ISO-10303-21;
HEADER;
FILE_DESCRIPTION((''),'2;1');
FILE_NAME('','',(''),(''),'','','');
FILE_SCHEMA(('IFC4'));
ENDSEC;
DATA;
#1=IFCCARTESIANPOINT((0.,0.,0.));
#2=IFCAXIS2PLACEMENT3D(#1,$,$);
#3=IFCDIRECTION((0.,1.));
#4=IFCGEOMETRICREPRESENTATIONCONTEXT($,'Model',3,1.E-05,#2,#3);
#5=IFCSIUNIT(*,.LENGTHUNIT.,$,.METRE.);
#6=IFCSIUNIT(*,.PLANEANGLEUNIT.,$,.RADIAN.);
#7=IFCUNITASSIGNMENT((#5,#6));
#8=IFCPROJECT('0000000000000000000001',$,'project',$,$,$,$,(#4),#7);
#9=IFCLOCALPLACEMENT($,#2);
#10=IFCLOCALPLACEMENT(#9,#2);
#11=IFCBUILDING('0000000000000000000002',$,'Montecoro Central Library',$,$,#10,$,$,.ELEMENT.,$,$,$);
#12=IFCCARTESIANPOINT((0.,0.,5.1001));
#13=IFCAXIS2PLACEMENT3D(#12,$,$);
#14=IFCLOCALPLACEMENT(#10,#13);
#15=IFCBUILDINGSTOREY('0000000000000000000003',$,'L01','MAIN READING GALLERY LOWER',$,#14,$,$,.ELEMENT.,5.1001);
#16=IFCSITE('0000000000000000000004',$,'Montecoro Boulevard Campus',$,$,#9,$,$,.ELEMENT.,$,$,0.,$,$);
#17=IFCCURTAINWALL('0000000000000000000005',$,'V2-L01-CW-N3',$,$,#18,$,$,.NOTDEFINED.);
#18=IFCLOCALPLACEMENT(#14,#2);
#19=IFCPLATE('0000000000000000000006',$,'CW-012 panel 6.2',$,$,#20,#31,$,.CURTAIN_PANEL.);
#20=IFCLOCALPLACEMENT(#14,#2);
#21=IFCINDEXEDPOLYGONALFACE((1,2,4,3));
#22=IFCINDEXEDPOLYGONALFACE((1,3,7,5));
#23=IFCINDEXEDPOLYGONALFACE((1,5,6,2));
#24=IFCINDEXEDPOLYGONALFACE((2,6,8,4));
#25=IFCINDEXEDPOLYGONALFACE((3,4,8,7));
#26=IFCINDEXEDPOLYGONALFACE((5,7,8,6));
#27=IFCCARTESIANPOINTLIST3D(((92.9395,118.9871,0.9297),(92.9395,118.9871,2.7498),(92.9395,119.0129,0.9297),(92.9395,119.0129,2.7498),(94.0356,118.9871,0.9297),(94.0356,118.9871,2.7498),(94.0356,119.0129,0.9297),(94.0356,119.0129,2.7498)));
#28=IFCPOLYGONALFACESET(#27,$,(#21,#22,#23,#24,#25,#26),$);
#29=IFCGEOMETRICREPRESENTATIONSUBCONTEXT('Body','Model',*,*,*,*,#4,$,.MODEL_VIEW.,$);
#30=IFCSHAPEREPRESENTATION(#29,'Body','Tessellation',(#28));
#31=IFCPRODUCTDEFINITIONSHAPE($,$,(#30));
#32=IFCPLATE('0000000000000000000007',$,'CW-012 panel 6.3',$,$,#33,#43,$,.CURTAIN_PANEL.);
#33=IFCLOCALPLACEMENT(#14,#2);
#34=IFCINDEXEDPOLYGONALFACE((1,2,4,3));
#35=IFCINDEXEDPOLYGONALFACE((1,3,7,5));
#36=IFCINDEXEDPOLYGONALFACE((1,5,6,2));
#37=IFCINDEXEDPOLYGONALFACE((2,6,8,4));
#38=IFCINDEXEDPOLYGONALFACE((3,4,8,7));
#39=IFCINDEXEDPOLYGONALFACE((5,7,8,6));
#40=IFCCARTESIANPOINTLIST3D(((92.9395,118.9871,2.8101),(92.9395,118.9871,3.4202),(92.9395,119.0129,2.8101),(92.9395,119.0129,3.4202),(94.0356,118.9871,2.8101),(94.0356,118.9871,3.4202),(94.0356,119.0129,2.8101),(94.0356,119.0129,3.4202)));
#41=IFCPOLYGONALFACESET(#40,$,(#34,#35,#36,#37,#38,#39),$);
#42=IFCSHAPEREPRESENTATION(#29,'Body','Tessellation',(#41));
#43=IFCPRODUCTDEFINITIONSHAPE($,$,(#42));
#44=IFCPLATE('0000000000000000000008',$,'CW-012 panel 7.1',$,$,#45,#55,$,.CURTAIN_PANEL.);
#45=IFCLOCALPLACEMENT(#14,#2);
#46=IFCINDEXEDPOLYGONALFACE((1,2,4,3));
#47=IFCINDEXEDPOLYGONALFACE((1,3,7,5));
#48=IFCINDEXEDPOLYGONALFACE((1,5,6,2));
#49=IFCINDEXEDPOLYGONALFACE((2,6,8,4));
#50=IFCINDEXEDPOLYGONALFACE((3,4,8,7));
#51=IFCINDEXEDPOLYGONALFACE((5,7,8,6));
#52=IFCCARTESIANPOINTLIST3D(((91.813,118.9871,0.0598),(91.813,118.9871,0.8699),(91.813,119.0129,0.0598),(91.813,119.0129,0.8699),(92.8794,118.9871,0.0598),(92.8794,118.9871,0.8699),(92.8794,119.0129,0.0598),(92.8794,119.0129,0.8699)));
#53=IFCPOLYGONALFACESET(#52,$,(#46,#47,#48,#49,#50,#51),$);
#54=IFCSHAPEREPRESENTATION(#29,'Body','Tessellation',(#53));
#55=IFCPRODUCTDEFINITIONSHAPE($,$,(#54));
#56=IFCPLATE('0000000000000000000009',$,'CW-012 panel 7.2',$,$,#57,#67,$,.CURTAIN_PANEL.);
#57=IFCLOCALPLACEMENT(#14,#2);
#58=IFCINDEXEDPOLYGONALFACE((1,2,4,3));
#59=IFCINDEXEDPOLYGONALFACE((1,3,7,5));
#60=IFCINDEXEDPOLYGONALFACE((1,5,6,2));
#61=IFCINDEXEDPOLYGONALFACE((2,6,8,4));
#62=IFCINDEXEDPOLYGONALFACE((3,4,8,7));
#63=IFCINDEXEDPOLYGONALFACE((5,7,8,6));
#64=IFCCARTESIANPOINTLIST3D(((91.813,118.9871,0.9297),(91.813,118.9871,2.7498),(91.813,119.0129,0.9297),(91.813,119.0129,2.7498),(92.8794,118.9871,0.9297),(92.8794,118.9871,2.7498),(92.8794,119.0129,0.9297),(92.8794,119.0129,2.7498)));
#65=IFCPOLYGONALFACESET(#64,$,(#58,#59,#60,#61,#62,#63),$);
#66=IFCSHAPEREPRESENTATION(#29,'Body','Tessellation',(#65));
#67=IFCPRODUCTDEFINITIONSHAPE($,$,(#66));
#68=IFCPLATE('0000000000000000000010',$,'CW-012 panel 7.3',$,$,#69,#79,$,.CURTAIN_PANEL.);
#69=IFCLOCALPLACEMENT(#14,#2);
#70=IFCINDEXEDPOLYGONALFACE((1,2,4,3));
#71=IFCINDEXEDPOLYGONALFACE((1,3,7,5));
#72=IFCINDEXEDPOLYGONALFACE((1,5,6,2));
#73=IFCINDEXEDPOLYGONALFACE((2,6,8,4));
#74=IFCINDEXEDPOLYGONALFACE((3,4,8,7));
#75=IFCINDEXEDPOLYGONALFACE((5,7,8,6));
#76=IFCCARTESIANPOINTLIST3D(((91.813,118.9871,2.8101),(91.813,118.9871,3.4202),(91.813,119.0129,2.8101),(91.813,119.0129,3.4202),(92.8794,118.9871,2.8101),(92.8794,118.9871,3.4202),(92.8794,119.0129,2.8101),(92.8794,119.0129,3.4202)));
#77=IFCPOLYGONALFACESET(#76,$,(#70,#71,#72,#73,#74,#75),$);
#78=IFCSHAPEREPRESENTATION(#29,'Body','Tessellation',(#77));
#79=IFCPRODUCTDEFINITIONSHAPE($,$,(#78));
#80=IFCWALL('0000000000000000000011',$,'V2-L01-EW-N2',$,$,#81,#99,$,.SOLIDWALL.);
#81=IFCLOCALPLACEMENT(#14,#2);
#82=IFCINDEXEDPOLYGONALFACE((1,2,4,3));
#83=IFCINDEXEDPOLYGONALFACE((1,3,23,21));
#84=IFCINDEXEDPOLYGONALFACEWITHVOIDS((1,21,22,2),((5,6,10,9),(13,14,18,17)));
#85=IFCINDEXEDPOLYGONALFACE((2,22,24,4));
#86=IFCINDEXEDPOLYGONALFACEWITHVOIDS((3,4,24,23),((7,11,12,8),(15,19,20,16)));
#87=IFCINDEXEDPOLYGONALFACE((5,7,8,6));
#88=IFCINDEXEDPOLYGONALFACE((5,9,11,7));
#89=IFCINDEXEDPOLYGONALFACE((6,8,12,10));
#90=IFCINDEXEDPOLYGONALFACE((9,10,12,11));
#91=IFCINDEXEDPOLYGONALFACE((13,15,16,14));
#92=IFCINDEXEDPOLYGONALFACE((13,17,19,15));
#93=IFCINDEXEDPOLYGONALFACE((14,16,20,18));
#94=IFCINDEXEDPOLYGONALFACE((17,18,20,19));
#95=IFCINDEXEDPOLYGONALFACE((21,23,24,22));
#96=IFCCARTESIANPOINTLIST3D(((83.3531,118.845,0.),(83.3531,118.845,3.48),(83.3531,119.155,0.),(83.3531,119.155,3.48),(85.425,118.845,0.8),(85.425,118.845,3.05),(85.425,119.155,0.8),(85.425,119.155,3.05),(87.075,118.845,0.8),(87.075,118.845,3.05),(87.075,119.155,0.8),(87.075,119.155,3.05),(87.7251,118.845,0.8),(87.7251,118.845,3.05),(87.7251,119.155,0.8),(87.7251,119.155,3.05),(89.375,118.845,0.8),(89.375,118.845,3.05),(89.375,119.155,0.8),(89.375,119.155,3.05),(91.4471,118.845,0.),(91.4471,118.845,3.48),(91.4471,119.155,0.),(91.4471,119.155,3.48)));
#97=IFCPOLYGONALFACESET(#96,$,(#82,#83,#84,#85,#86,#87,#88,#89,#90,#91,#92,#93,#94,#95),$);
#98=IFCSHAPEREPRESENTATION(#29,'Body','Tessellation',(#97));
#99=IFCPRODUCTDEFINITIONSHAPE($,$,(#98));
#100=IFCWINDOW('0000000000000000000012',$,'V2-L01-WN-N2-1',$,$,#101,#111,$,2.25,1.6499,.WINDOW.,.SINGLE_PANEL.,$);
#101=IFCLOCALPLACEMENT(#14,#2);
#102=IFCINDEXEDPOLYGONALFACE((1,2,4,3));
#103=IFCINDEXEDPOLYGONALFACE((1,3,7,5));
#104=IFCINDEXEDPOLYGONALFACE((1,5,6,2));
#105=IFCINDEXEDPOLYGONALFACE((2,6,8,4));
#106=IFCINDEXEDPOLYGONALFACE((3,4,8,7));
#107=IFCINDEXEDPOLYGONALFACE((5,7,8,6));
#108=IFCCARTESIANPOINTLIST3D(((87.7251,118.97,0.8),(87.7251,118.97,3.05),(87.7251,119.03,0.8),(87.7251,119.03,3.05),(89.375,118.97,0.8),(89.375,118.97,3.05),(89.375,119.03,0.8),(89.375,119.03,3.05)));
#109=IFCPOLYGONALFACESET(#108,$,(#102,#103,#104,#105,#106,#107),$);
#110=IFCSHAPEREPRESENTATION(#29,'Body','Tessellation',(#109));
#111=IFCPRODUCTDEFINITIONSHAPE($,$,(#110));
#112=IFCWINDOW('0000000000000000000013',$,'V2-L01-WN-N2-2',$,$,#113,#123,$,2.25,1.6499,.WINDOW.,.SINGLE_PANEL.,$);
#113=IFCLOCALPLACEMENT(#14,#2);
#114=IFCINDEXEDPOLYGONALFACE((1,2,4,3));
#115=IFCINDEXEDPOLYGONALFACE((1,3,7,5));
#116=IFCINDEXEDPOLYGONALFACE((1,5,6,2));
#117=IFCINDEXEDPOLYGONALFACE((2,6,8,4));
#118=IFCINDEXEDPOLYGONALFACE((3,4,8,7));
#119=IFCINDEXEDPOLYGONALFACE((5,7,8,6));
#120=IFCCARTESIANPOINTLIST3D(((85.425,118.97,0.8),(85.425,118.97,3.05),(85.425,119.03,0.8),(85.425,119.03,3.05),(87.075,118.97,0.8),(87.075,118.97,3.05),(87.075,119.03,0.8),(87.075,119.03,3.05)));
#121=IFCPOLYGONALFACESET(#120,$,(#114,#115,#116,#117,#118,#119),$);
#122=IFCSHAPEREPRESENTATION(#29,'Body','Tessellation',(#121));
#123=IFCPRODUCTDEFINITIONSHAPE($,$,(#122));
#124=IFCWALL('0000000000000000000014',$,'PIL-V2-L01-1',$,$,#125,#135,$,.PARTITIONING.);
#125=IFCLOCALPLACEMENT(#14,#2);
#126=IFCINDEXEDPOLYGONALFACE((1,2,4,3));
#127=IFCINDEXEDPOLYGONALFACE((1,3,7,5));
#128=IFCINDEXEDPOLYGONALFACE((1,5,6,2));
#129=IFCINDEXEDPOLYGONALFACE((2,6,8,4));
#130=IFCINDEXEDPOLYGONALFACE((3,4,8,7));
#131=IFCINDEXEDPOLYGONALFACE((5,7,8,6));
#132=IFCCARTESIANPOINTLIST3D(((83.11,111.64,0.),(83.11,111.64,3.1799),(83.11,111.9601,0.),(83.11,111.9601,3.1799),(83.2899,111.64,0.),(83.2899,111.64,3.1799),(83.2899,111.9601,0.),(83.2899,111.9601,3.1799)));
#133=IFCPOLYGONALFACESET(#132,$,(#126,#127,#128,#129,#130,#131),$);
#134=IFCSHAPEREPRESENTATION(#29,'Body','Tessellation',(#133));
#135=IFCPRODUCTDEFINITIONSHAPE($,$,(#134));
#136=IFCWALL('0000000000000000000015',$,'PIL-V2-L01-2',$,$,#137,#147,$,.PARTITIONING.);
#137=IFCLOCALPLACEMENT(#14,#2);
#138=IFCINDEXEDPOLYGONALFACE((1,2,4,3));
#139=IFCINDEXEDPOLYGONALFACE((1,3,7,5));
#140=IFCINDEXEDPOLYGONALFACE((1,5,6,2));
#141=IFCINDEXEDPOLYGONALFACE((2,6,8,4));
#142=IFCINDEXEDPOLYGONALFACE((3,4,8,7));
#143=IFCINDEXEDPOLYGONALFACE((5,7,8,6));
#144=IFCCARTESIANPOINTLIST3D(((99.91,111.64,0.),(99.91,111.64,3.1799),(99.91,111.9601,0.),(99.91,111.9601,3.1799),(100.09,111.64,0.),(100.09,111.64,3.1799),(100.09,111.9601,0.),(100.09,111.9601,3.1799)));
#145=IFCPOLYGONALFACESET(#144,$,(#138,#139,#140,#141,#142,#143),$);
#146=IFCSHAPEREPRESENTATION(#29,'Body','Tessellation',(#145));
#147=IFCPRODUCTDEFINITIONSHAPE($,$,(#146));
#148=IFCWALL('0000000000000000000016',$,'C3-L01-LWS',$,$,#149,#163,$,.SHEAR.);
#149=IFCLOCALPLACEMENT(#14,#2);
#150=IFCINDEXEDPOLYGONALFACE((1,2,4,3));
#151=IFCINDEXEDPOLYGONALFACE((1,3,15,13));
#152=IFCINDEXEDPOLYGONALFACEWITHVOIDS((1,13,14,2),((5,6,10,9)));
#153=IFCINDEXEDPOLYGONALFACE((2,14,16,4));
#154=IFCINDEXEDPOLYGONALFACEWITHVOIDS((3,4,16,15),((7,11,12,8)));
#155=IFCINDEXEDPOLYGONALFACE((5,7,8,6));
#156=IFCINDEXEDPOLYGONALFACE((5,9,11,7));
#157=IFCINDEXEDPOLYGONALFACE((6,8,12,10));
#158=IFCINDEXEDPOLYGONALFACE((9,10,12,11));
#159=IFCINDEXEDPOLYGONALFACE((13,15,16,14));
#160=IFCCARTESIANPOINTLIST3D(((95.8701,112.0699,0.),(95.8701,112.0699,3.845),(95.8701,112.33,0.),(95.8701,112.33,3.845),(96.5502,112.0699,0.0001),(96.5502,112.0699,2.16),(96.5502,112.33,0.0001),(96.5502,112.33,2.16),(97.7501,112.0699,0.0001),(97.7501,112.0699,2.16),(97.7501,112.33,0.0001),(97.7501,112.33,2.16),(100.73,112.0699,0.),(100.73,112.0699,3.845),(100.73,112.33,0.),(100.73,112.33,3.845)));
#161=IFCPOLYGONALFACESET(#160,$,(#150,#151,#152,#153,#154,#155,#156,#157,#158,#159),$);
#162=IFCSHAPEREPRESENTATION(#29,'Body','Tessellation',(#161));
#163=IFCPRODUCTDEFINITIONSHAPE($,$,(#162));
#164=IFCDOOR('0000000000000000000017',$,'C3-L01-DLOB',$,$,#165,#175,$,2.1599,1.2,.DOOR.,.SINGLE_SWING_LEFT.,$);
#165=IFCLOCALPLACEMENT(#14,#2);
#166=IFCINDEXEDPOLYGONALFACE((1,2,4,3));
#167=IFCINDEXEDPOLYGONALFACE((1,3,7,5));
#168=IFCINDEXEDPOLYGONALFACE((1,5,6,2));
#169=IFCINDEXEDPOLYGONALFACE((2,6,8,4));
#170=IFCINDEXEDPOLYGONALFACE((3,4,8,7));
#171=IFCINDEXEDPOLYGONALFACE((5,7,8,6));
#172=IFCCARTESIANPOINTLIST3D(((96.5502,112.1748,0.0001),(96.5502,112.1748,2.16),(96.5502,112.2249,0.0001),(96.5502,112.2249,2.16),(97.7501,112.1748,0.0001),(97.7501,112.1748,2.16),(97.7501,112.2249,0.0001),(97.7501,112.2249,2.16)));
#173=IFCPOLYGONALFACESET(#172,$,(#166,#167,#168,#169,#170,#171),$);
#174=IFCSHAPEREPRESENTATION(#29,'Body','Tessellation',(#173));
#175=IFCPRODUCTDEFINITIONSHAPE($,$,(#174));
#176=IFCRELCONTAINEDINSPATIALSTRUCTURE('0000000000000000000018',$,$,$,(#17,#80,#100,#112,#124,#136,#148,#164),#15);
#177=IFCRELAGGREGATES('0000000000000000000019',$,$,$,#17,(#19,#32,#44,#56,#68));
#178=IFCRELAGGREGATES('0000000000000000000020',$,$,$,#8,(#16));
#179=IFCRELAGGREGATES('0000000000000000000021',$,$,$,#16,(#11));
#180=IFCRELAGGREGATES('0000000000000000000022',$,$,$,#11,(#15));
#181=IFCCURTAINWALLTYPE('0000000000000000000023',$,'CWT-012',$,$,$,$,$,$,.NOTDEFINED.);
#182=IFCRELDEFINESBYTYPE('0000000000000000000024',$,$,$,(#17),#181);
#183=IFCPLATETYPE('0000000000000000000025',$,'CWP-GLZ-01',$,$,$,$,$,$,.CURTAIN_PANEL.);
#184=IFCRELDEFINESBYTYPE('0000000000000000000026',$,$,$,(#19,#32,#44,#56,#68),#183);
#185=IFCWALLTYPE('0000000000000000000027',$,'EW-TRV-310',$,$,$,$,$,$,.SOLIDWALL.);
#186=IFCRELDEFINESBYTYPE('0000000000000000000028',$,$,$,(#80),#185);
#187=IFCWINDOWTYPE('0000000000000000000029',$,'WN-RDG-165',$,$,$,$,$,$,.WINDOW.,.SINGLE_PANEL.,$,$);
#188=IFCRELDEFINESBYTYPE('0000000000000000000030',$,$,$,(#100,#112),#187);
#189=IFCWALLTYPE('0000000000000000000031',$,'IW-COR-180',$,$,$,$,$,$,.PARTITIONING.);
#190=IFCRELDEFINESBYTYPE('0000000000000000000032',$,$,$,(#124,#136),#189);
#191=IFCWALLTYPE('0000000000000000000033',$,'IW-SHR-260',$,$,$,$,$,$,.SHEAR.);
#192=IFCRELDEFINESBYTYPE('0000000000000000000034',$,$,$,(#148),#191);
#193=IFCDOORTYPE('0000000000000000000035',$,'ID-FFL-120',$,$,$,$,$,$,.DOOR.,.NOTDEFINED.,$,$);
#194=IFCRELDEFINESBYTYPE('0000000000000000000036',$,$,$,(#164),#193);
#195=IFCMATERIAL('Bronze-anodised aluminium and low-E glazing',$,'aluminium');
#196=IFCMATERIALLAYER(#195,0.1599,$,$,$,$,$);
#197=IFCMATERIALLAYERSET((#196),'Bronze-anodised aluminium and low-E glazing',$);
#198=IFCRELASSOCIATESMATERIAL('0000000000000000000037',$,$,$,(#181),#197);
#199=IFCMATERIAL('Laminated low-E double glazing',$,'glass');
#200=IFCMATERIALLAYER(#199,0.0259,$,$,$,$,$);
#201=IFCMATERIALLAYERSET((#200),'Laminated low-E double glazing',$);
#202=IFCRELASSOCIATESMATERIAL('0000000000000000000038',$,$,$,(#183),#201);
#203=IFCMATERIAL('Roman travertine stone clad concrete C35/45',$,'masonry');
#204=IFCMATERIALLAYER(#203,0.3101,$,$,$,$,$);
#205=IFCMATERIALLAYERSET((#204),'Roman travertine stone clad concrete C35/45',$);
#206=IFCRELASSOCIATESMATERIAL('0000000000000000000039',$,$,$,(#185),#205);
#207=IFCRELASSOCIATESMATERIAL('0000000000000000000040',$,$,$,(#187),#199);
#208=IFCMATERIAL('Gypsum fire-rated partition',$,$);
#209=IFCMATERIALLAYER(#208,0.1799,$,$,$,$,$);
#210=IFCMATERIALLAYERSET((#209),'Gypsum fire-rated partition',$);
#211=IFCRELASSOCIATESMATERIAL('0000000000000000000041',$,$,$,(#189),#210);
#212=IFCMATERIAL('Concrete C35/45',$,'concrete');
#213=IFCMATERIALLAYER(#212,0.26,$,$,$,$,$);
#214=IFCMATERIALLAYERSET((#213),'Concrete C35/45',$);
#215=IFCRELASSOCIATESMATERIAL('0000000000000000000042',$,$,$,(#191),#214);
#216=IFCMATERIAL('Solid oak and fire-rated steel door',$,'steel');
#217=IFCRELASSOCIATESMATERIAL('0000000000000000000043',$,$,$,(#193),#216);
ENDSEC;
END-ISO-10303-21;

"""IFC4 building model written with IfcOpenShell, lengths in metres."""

from ifc_helpers import new_model, si_unit, direction, frame, frame_2d, origin, origin_2d, place, context, subcontext, project, spatial, rectangle, extrude, material, layer, layer_set, type_object, element, fill, aggregate, save


model = new_model("IFC4")

# Units and contexts
model_context = context("Model", 3, precision=1e-05, world=origin(), true_north=direction((0.0, 1.0)))
body_context = subcontext(model_context, "Body", "Model", "MODEL_VIEW")
ifc_project = project(units=[si_unit("LENGTHUNIT", "METRE"), si_unit("PLANEANGLEUNIT", "RADIAN")], contexts=[model_context])

# Site, building, storey
site_placement = place(None, origin())
site = spatial("IfcSite", under=ifc_project, at=site_placement, Name="Montecoro Boulevard Campus", CompositionType="ELEMENT", RefElevation=0.0)
building_placement = place(site_placement, origin())
building = spatial("IfcBuilding", under=site, at=building_placement, Name="Montecoro Central Library", CompositionType="ELEMENT")
storey_placement = place(building_placement, frame((0.0, 0.0, 5.1001)))
storey = spatial("IfcBuildingStorey", under=building, at=storey_placement, Name="L01", Description="MAIN READING GALLERY LOWER", CompositionType="ELEMENT", Elevation=5.1001)

# Curtain wall, plates
ifc_material_1 = material(Name="Bronze-anodised aluminium and low-E glazing", Category="aluminium")
ifc_layer_1 = layer(ifc_material_1, 0.1599)
ifc_layer_set_1 = layer_set([ifc_layer_1], Name="Bronze-anodised aluminium and low-E glazing")
curtain_wall_type = type_object("IfcCurtainWallType", Name="CWT-012", PredefinedType="NOTDEFINED", material=ifc_layer_set_1)
curtain_wall_placement = place(storey_placement, origin())
curtain_wall = element("IfcCurtainWall", 1, at=curtain_wall_placement, inside=storey, type_object=curtain_wall_type, Name="V2-L01-CW-N3", PredefinedType="NOTDEFINED")
ifc_material_2 = material(Name="Laminated low-E double glazing", Category="glass")
ifc_layer_2 = layer(ifc_material_2, 0.0259)
ifc_layer_set_2 = layer_set([ifc_layer_2], Name="Laminated low-E double glazing")
plate_type = type_object("IfcPlateType", Name="CWP-GLZ-01", PredefinedType="CURTAIN_PANEL", material=ifc_layer_set_2)
plate_1_placement = place(storey_placement, frame((93.4875, 119.0, 0.9297), z_axis=(0.0, 0.0, 1.0), x_axis=(-1.0, 0.0, 0.0)))
plate_1 = element("IfcPlate", 2, at=plate_1_placement, type_object=plate_type, Name="CW-012 panel 6.2", PredefinedType="CURTAIN_PANEL", context=body_context, shape_type="SweptSolid", body=[
    extrude(rectangle(XDim=1.0962, YDim=0.0259, at=origin_2d()), origin(), (0.0, 0.0, 1.0), 1.8201),
])
plate_2_placement = place(storey_placement, frame((93.4875, 119.0, 2.8101), z_axis=(0.0, 0.0, 1.0), x_axis=(-1.0, 0.0, 0.0)))
plate_2 = element("IfcPlate", 3, at=plate_2_placement, type_object=plate_type, Name="CW-012 panel 6.3", PredefinedType="CURTAIN_PANEL", context=body_context, shape_type="SweptSolid", body=[
    extrude(rectangle(XDim=1.0962, YDim=0.0259, at=origin_2d()), origin(), (0.0, 0.0, 1.0), 0.6101),
])
plate_3_placement = place(storey_placement, frame((92.3462, 119.0, 0.0598), z_axis=(0.0, 0.0, 1.0), x_axis=(-1.0, 0.0, 0.0)))
plate_3 = element("IfcPlate", 4, at=plate_3_placement, type_object=plate_type, Name="CW-012 panel 7.1", PredefinedType="CURTAIN_PANEL", context=body_context, shape_type="SweptSolid", body=[
    extrude(rectangle(XDim=1.0664, YDim=0.0259, at=origin_2d()), origin(), (0.0, 0.0, 1.0), 0.8101),
])
plate_4_placement = place(storey_placement, frame((92.3462, 119.0, 0.9297), z_axis=(0.0, 0.0, 1.0), x_axis=(-1.0, 0.0, 0.0)))
plate_4 = element("IfcPlate", 5, at=plate_4_placement, type_object=plate_type, Name="CW-012 panel 7.2", PredefinedType="CURTAIN_PANEL", context=body_context, shape_type="SweptSolid", body=[
    extrude(rectangle(XDim=1.0664, YDim=0.0259, at=origin_2d()), origin(), (0.0, 0.0, 1.0), 1.8201),
])
plate_5_placement = place(storey_placement, frame((92.3462, 119.0, 2.8101), z_axis=(0.0, 0.0, 1.0), x_axis=(-1.0, 0.0, 0.0)))
plate_5 = element("IfcPlate", 6, at=plate_5_placement, type_object=plate_type, Name="CW-012 panel 7.3", PredefinedType="CURTAIN_PANEL", context=body_context, shape_type="SweptSolid", body=[
    extrude(rectangle(XDim=1.0664, YDim=0.0259, at=origin_2d()), origin(), (0.0, 0.0, 1.0), 0.6101),
])
aggregate(curtain_wall, [plate_1, plate_2, plate_3, plate_4, plate_5])

# Wall, openings, windows
ifc_material_3 = material(Name="Roman travertine stone clad concrete C35/45", Category="masonry")
ifc_layer_3 = layer(ifc_material_3, 0.3101)
ifc_layer_set_3 = layer_set([ifc_layer_3], Name="Roman travertine stone clad concrete C35/45")
wall_type_1 = type_object("IfcWallType", Name="EW-TRV-310", PredefinedType="SOLIDWALL", material=ifc_layer_set_3)
wall_1_placement = place(storey_placement, frame((91.447, 119.0, 0.0), z_axis=(0.0, 0.0, 1.0), x_axis=(-1.0, 0.0, 0.0)))
wall_1 = element("IfcWall", 7, at=wall_1_placement, inside=storey, type_object=wall_type_1, Name="V2-L01-EW-N2", PredefinedType="SOLIDWALL", context=body_context, shape_type="SweptSolid", body=[
    extrude(rectangle(XDim=8.094, YDim=0.3101, at=frame_2d((4.0469, 0.0))), origin(), (0.0, 0.0, 1.0), 3.48),
])
opening_1_placement = place(wall_1_placement, frame((2.072, 0.0, 0.8)))
opening_1 = element("IfcOpeningElement", 8, at=opening_1_placement, cuts=wall_1, PredefinedType="OPENING", context=body_context, shape_type="SweptSolid", body=[
    extrude(rectangle(XDim=1.6499, YDim=2.25, at=frame_2d((0.825, 1.125))), frame((0.0, 0.165, 0.0), z_axis=(0.0, -1.0, 0.0), x_axis=(1.0, 0.0, 0.0)), (0.0, 0.0, 1.0), 0.3301),
])
opening_2_placement = place(wall_1_placement, frame((4.3721, 0.0, 0.8)))
opening_2 = element("IfcOpeningElement", 9, at=opening_2_placement, cuts=wall_1, PredefinedType="OPENING", context=body_context, shape_type="SweptSolid", body=[
    extrude(rectangle(XDim=1.6499, YDim=2.25, at=frame_2d((0.825, 1.125))), frame((0.0, 0.165, 0.0), z_axis=(0.0, -1.0, 0.0), x_axis=(1.0, 0.0, 0.0)), (0.0, 0.0, 1.0), 0.3301),
])
window_type = type_object("IfcWindowType", Name="WN-RDG-165", PartitioningType="SINGLE_PANEL", PredefinedType="WINDOW", material=ifc_material_2)
window_1_placement = place(opening_1_placement, origin())
window_1 = element("IfcWindow", 10, at=window_1_placement, inside=storey, type_object=window_type, Name="V2-L01-WN-N2-1", OverallHeight=2.25, OverallWidth=1.6499, PartitioningType="SINGLE_PANEL", PredefinedType="WINDOW", context=body_context, shape_type="SweptSolid", body=[
    extrude(rectangle(XDim=1.6499, YDim=2.25, at=frame_2d((0.825, 1.125))), frame((0.0, 0.03, 0.0), z_axis=(0.0, -1.0, 0.0), x_axis=(1.0, 0.0, 0.0)), (0.0, 0.0, 1.0), 0.0601),
])
fill(opening_1, window_1)
window_2_placement = place(opening_2_placement, origin())
window_2 = element("IfcWindow", 11, at=window_2_placement, inside=storey, type_object=window_type, Name="V2-L01-WN-N2-2", OverallHeight=2.25, OverallWidth=1.6499, PartitioningType="SINGLE_PANEL", PredefinedType="WINDOW", context=body_context, shape_type="SweptSolid", body=[
    extrude(rectangle(XDim=1.6499, YDim=2.25, at=frame_2d((0.825, 1.125))), frame((0.0, 0.03, 0.0), z_axis=(0.0, -1.0, 0.0), x_axis=(1.0, 0.0, 0.0)), (0.0, 0.0, 1.0), 0.0601),
])
fill(opening_2, window_2)

# Walls
ifc_material_4 = material(Name="Gypsum fire-rated partition")
ifc_layer_4 = layer(ifc_material_4, 0.1799)
ifc_layer_set_4 = layer_set([ifc_layer_4], Name="Gypsum fire-rated partition")
wall_type_2 = type_object("IfcWallType", Name="IW-COR-180", PredefinedType="PARTITIONING", material=ifc_layer_set_4)
for number, where, z_axis, x_axis, name in (
    (12, (83.2, 111.6399, 0.0), (0.0, 0.0, 1.0), (0.0, 1.0, 0.0), "PIL-V2-L01-1"),
    (13, (100.0, 111.6399, 0.0), (0.0, 0.0, 1.0), (0.0, 1.0, 0.0), "PIL-V2-L01-2"),
):
    element("IfcWall", number, at=place(storey_placement, frame(where, z_axis=z_axis, x_axis=x_axis)), inside=storey, type_object=wall_type_2, Name=name, PredefinedType="PARTITIONING", context=body_context, shape_type="SweptSolid", body=[
        extrude(rectangle(XDim=0.3201, YDim=0.1799, at=frame_2d((0.1602, 0.0))), origin(), (0.0, 0.0, 1.0), 3.1799),
    ])

# Shared definitions
ifc_material_5 = material(Name="Solid oak and fire-rated steel door", Category="steel")

# Wall, opening, door
ifc_material_6 = material(Name="Concrete C35/45", Category="concrete")
ifc_layer_5 = layer(ifc_material_6, 0.26)
ifc_layer_set_5 = layer_set([ifc_layer_5], Name="Concrete C35/45")
wall_type_3 = type_object("IfcWallType", Name="IW-SHR-260", PredefinedType="SHEAR", material=ifc_layer_set_5)
wall_2_placement = place(storey_placement, frame((95.8701, 112.2, 0.0), z_axis=(0.0, 0.0, 1.0), x_axis=(1.0, 0.0, 0.0)))
wall_2 = element("IfcWall", 14, at=wall_2_placement, inside=storey, type_object=wall_type_3, Name="C3-L01-LWS", PredefinedType="SHEAR", context=body_context, shape_type="SweptSolid", body=[
    extrude(rectangle(XDim=4.8599, YDim=0.26, at=frame_2d((2.4299, 0.0))), origin(), (0.0, 0.0, 1.0), 3.845),
])
opening_3_placement = place(wall_2_placement, frame((0.6799, 0.0, 0.0)))
opening_3 = element("IfcOpeningElement", 15, at=opening_3_placement, cuts=wall_2, PredefinedType="OPENING", context=body_context, shape_type="SweptSolid", body=[
    extrude(rectangle(XDim=1.2, YDim=2.1599, at=frame_2d((0.6001, 1.0801))), frame((0.0, 0.1399, 0.0), z_axis=(0.0, -1.0, 0.0), x_axis=(1.0, 0.0, 0.0)), (0.0, 0.0, 1.0), 0.28),
])
door_type_1 = type_object("IfcDoorType", Name="ID-FFL-120", OperationType="NOTDEFINED", PredefinedType="DOOR", material=ifc_material_5)
door_1_placement = place(opening_3_placement, origin())
door_1 = element("IfcDoor", 16, at=door_1_placement, inside=storey, type_object=door_type_1, Name="C3-L01-DLOB", OperationType="SINGLE_SWING_LEFT", OverallHeight=2.1599, OverallWidth=1.2, PredefinedType="DOOR", context=body_context, shape_type="SweptSolid", body=[
    extrude(rectangle(XDim=1.2, YDim=2.1599, at=frame_2d((0.6001, 1.0801))), frame((0.0, 0.0249, 0.0), z_axis=(0.0, -1.0, 0.0), x_axis=(1.0, 0.0, 0.0)), (0.0, 0.0, 1.0), 0.05),
])
fill(opening_3, door_1)

save(model, "model.ifc")
